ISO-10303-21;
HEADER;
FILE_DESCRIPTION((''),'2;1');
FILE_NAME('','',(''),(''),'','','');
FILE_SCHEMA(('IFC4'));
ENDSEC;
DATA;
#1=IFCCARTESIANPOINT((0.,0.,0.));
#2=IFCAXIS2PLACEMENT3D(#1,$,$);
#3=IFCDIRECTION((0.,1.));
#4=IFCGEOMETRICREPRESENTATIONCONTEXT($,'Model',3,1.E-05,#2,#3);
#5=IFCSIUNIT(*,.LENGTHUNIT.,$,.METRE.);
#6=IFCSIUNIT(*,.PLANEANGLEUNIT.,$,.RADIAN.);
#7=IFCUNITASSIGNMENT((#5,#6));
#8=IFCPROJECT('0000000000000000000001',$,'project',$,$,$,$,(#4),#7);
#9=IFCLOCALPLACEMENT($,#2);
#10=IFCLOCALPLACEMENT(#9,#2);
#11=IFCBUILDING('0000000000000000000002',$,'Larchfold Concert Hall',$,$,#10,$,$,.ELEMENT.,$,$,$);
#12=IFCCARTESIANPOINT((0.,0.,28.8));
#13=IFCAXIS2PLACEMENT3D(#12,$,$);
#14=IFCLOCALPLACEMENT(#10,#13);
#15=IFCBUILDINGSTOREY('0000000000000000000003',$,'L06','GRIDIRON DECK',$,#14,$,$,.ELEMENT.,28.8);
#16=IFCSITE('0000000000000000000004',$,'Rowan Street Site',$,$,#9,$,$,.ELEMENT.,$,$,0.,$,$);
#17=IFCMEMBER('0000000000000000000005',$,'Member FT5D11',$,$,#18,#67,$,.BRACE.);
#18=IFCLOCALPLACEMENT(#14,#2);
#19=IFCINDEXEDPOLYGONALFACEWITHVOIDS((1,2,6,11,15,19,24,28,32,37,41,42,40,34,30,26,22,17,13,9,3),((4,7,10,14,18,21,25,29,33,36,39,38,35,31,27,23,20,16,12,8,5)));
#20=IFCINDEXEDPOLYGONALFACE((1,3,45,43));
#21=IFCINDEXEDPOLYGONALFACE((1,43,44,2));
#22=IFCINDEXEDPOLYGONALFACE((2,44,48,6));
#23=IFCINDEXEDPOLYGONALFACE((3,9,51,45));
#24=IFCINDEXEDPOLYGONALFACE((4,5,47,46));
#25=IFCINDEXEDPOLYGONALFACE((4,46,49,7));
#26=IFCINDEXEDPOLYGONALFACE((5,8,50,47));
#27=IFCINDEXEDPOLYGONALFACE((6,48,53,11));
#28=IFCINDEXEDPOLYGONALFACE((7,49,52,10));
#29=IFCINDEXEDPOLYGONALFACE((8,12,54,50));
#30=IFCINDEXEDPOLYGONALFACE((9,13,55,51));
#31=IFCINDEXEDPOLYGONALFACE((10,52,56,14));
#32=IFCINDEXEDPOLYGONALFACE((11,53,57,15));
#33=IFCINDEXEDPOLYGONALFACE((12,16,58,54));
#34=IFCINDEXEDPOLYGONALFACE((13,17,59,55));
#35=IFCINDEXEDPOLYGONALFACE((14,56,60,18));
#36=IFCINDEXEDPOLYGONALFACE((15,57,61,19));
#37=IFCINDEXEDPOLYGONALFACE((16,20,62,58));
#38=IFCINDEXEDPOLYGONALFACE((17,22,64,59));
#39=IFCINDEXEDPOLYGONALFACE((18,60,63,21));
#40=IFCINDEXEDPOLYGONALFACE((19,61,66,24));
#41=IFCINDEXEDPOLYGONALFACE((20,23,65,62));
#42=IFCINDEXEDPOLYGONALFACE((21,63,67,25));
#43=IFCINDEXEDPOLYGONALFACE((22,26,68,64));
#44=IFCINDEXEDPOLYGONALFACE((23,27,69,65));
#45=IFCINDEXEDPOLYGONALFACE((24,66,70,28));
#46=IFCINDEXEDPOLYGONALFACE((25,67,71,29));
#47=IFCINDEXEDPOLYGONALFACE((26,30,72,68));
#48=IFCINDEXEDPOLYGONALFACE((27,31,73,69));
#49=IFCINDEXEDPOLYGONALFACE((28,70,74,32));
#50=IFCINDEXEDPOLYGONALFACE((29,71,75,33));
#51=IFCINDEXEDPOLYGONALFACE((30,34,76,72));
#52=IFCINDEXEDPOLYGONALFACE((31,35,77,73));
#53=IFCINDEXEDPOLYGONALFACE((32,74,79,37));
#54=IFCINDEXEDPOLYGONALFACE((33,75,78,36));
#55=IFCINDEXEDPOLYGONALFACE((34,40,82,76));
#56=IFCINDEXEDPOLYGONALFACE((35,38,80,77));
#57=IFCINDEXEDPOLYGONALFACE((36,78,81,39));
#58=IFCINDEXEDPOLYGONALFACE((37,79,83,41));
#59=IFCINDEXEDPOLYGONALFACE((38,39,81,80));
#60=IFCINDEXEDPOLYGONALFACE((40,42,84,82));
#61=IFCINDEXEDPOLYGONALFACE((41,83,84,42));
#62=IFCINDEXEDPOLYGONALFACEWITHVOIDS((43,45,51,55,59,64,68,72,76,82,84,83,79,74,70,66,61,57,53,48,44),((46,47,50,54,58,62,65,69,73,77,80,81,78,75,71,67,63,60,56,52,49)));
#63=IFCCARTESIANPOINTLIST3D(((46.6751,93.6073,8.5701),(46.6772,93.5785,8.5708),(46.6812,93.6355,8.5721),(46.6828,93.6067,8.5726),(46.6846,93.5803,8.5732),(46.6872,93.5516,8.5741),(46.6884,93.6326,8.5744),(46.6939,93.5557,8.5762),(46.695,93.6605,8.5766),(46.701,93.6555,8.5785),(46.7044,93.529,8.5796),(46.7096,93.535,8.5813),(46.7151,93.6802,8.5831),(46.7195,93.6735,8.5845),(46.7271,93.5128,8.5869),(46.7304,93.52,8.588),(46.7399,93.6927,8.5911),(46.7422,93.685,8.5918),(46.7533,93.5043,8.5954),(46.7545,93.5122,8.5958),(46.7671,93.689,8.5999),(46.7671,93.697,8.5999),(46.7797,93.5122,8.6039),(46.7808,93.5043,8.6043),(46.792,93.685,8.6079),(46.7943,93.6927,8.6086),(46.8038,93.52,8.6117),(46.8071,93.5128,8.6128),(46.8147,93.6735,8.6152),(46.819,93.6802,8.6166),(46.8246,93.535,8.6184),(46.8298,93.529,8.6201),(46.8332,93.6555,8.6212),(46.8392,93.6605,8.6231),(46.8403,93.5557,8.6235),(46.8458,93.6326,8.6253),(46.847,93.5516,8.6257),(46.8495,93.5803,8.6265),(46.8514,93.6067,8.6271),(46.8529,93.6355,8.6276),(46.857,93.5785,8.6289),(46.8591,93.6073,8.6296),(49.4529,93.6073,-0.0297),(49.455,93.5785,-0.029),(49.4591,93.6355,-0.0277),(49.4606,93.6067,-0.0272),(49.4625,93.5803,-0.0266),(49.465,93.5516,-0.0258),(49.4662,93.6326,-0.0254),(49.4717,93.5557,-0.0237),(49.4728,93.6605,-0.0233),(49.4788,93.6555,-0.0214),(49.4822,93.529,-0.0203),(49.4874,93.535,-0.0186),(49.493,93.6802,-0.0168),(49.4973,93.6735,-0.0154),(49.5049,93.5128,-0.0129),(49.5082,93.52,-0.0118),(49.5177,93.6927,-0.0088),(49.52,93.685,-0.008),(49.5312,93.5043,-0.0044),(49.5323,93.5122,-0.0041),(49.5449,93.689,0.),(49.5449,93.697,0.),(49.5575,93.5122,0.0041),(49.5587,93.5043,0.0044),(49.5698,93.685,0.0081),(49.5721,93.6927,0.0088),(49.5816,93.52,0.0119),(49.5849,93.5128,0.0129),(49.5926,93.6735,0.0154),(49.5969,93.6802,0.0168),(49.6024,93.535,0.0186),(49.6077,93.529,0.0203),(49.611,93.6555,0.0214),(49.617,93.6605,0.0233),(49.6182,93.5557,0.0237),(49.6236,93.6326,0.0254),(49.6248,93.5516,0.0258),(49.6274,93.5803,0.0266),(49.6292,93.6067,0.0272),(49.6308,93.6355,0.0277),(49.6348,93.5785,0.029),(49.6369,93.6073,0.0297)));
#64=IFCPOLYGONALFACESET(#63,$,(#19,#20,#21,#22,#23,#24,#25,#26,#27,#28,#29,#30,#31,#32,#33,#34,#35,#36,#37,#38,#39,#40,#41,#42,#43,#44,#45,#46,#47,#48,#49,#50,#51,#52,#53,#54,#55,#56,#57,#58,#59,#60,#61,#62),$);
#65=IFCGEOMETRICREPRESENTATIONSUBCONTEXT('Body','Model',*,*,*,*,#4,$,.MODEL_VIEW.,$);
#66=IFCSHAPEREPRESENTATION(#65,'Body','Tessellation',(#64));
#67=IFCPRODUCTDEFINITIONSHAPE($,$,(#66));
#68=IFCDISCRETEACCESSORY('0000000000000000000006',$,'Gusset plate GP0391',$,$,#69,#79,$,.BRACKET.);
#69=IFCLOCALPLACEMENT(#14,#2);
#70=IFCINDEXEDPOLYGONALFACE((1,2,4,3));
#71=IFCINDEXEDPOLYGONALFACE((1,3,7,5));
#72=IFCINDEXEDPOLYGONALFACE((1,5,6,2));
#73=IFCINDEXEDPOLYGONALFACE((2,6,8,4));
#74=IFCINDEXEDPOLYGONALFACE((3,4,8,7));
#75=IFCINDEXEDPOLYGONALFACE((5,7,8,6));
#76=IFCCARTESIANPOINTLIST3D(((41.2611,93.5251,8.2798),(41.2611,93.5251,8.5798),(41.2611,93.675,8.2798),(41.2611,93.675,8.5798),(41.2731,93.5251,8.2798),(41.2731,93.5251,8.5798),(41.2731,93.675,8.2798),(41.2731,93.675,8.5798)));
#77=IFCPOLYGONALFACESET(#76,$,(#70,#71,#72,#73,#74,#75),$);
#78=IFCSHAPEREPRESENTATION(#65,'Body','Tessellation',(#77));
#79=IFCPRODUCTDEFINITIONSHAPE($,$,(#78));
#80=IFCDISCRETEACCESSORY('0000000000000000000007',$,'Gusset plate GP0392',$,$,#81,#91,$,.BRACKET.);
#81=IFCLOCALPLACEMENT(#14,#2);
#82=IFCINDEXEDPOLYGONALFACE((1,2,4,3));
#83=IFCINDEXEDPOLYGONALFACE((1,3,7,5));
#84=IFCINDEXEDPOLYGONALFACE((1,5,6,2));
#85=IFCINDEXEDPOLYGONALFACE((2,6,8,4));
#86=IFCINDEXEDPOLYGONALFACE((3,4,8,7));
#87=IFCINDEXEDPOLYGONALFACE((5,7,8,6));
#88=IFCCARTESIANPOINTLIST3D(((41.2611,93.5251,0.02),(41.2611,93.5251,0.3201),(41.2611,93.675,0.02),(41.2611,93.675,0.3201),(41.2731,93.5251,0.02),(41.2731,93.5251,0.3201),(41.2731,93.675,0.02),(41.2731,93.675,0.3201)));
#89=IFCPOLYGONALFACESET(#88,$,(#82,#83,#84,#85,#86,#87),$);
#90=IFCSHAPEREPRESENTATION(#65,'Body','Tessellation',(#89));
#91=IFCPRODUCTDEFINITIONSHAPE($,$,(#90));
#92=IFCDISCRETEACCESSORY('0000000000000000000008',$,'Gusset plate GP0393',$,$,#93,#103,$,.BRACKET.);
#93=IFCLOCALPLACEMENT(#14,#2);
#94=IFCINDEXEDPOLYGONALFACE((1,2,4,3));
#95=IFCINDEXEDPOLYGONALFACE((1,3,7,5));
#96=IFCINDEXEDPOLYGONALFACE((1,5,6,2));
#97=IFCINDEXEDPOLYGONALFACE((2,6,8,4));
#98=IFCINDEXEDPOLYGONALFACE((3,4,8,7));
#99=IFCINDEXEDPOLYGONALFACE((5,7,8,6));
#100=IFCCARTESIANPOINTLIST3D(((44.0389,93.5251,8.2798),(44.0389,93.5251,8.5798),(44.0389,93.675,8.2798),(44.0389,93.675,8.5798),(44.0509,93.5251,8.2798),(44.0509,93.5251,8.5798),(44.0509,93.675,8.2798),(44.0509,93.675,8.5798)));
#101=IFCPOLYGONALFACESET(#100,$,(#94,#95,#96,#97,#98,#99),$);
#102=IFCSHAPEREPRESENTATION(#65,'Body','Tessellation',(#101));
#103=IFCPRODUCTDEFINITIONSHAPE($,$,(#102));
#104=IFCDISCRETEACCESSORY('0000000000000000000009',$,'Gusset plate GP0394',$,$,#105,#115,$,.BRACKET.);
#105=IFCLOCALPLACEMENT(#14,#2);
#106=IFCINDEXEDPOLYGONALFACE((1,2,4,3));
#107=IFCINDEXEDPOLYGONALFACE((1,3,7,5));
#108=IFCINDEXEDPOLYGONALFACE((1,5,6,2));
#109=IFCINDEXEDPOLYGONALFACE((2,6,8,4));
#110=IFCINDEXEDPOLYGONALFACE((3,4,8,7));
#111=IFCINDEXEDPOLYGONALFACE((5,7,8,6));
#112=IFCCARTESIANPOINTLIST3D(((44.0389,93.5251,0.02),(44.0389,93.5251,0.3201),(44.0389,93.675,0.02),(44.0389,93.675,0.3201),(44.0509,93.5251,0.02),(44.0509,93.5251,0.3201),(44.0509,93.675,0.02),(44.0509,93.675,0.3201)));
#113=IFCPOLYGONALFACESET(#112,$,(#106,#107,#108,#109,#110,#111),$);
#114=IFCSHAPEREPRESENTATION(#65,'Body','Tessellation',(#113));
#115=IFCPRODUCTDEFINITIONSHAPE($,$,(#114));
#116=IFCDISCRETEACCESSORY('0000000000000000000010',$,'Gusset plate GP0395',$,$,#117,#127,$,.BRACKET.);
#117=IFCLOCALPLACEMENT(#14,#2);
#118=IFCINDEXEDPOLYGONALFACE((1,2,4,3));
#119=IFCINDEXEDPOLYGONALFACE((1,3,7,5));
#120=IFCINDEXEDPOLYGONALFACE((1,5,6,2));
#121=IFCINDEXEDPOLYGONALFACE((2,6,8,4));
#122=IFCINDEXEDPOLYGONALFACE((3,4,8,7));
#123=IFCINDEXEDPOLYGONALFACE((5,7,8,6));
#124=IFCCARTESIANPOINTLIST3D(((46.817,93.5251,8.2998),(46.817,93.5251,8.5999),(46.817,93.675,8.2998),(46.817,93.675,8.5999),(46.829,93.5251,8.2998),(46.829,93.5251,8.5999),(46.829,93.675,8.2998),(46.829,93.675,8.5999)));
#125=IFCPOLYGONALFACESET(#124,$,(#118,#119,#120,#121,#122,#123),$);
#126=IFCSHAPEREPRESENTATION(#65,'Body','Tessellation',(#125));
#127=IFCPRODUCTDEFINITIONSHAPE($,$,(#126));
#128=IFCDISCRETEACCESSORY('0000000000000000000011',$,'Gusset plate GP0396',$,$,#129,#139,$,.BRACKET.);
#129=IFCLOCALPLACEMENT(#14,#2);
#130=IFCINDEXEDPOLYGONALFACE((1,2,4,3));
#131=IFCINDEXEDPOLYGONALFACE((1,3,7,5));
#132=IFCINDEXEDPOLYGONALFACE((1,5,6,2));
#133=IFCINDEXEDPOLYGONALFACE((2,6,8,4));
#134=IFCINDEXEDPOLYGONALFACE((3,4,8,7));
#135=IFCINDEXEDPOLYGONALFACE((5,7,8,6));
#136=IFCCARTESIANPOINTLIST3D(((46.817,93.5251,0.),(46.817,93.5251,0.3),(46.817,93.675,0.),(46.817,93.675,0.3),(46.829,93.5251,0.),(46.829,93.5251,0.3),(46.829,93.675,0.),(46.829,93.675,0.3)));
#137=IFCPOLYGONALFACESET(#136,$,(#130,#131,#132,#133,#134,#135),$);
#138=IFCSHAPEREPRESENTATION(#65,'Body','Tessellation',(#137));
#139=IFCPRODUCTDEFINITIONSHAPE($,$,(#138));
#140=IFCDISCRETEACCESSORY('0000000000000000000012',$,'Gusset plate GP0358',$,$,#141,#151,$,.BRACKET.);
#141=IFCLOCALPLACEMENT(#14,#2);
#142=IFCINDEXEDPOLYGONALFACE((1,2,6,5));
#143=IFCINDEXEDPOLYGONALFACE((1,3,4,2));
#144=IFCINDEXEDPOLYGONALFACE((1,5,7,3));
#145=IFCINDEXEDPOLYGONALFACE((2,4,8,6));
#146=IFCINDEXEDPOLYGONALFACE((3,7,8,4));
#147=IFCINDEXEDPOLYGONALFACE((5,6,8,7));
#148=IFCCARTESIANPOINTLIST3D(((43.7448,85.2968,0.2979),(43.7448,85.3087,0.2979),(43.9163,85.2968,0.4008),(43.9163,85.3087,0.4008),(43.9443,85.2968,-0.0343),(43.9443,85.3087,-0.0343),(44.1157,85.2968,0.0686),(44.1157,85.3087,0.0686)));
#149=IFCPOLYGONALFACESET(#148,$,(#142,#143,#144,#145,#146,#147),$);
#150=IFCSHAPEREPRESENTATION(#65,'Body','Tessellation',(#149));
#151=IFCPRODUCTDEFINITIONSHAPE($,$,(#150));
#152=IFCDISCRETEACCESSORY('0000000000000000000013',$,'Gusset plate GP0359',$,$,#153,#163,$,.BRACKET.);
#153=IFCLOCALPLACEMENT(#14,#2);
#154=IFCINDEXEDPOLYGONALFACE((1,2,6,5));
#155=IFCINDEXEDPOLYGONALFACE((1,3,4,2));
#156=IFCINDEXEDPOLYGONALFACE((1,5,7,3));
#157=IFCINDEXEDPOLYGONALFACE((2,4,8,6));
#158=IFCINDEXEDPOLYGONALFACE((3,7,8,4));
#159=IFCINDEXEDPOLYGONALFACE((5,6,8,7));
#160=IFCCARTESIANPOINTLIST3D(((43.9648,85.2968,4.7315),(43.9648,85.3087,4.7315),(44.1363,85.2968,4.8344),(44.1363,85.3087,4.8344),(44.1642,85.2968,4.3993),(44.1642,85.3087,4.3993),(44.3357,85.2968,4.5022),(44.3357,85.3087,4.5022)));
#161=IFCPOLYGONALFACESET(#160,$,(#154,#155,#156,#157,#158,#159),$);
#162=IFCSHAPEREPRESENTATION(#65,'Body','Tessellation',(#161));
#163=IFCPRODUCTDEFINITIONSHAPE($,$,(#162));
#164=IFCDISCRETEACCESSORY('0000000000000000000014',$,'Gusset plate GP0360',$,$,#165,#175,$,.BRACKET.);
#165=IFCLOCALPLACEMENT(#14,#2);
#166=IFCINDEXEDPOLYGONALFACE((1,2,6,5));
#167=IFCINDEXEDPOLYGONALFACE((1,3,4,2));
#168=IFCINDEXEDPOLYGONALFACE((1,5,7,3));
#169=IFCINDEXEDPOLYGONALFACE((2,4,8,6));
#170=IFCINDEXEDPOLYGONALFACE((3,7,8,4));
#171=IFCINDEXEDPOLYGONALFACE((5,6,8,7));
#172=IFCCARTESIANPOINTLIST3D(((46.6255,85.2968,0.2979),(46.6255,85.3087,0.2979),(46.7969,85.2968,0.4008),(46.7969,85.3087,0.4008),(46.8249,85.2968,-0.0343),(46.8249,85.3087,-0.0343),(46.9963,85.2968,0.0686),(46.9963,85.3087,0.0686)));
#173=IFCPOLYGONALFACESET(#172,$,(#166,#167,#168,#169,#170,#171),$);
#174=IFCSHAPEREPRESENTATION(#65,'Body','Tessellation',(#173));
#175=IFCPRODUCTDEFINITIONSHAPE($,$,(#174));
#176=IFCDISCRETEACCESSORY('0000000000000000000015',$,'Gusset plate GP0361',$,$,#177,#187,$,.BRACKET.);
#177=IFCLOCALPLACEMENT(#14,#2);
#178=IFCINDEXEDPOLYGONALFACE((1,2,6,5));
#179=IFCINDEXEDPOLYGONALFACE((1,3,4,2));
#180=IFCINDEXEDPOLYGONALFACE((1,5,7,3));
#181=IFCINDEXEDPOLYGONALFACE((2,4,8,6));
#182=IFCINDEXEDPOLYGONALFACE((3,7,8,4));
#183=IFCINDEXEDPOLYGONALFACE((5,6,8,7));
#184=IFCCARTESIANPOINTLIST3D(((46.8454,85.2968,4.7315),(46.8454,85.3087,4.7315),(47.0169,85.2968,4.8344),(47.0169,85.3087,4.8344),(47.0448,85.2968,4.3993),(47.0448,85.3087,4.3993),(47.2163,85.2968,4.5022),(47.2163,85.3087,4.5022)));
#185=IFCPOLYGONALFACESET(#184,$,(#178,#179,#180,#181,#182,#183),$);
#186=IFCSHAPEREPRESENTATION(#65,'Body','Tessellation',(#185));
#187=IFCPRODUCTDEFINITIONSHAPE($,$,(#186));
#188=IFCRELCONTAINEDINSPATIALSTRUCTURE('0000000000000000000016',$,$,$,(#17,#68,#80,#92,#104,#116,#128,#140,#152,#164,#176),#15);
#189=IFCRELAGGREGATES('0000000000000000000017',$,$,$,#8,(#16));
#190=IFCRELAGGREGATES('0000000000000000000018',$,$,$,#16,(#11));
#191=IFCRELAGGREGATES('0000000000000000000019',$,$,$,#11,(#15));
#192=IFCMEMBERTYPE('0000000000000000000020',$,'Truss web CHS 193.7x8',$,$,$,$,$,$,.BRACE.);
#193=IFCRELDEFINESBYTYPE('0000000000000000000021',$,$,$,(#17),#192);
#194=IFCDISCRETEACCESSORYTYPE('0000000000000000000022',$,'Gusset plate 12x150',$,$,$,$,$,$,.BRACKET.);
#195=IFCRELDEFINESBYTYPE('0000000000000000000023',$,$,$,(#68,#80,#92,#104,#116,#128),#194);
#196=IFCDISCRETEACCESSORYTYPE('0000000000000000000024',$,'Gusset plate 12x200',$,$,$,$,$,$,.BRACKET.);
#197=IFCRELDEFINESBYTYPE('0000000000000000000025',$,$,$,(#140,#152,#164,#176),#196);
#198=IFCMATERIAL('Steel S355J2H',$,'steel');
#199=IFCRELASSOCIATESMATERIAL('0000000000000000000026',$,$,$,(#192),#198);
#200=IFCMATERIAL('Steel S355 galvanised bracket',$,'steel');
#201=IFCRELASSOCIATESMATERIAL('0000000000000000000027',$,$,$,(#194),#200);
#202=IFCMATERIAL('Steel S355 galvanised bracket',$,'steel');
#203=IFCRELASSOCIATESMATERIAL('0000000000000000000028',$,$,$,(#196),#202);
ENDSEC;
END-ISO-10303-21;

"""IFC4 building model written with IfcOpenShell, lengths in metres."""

from ifc_helpers import new_model, si_unit, direction, frame, origin, origin_2d, place, context, subcontext, project, spatial, rectangle, hollow_circle, extrude, material, material_profile, profile_set, type_object, element, save


model = new_model("IFC4")

# Units and contexts
model_context = context("Model", 3, precision=1e-05, world=origin(), true_north=direction((0.0, 1.0)))
body_context = subcontext(model_context, "Body", "Model", "MODEL_VIEW")
ifc_project = project(units=[si_unit("LENGTHUNIT", "METRE"), si_unit("PLANEANGLEUNIT", "RADIAN")], contexts=[model_context])

# Site, building, storey
site_placement = place(None, origin())
site = spatial("IfcSite", under=ifc_project, at=site_placement, Name="Rowan Street Site", CompositionType="ELEMENT", RefElevation=0.0)
building_placement = place(site_placement, origin())
building = spatial("IfcBuilding", under=site, at=building_placement, Name="Larchfold Concert Hall", CompositionType="ELEMENT")
storey_placement = place(building_placement, frame((0.0, 0.0, 28.8)))
storey = spatial("IfcBuildingStorey", under=building, at=storey_placement, Name="L06", Description="GRIDIRON DECK", CompositionType="ELEMENT", Elevation=28.8)

# Member
ifc_material_1 = material(Name="Steel S355J2H", Category="steel")
ifc_material_profile_1 = material_profile(ifc_material_1, hollow_circle(Radius=0.0969, WallThickness=0.0081, at=origin_2d()))
ifc_profile_set_1 = profile_set([ifc_material_profile_1], Name="Steel S355J2H")
member_type_1 = type_object("IfcMemberType", Name="Truss web CHS 193.7x8", PredefinedType="BRACE", material=ifc_profile_set_1)
for number, where, z_axis, x_axis, name in (
    (1, (46.7671, 93.6001, 8.5999), (0.307372, 0.0, -0.951589), (0.0, 1.0, 0.0), "Member FT5D11"),
):
    element("IfcMember", number, at=place(storey_placement, frame(where, z_axis=z_axis, x_axis=x_axis)), inside=storey, type_object=member_type_1, Name=name, PredefinedType="BRACE", context=body_context, shape_type="SweptSolid", body=[
        extrude(hollow_circle(Radius=0.0969, WallThickness=0.0081, at=origin_2d()), origin(), (0.0, 0.0, 1.0), 9.0374),
    ])

# Discrete accessories
ifc_material_2 = material(Name="Steel S355 galvanised bracket", Category="steel")
ifc_material_profile_2 = material_profile(ifc_material_2, rectangle(XDim=0.012, YDim=0.1499, at=origin_2d()))
ifc_profile_set_2 = profile_set([ifc_material_profile_2], Name="Steel S355 galvanised bracket")
discrete_accessory_type_1 = type_object("IfcDiscreteAccessoryType", Name="Gusset plate 12x150", PredefinedType="BRACKET", material=ifc_profile_set_2)
for number, where, z_axis, x_axis, name in (
    (2, (41.2671, 93.6001, 8.5798), (0.0, 0.0, -1.0), (1.0, 0.0, 0.0), "Gusset plate GP0391"),
    (3, (41.2671, 93.6001, 0.3201), (0.0, 0.0, -1.0), (1.0, 0.0, 0.0), "Gusset plate GP0392"),
    (4, (44.0449, 93.6001, 8.5798), (0.0, 0.0, -1.0), (1.0, 0.0, 0.0), "Gusset plate GP0393"),
    (5, (44.0449, 93.6001, 0.3201), (0.0, 0.0, -1.0), (1.0, 0.0, 0.0), "Gusset plate GP0394"),
    (6, (46.823, 93.6001, 8.5999), (0.0, 0.0, -1.0), (1.0, 0.0, 0.0), "Gusset plate GP0395"),
    (7, (46.823, 93.6001, 0.3), (0.0, 0.0, -1.0), (1.0, 0.0, 0.0), "Gusset plate GP0396"),
):
    element("IfcDiscreteAccessory", number, at=place(storey_placement, frame(where, z_axis=z_axis, x_axis=x_axis)), inside=storey, type_object=discrete_accessory_type_1, Name=name, PredefinedType="BRACKET", context=body_context, shape_type="SweptSolid", body=[
        extrude(rectangle(XDim=0.012, YDim=0.1499, at=origin_2d()), origin(), (0.0, 0.0, 1.0), 0.3),
    ])
ifc_material_3 = material(Name="Steel S355 galvanised bracket", Category="steel")
ifc_material_profile_3 = material_profile(ifc_material_3, rectangle(XDim=0.012, YDim=0.2, at=origin_2d()))
ifc_profile_set_3 = profile_set([ifc_material_profile_3], Name="Steel S355 galvanised bracket")
discrete_accessory_type_2 = type_object("IfcDiscreteAccessoryType", Name="Gusset plate 12x200", PredefinedType="BRACKET", material=ifc_profile_set_3)
for number, where, z_axis, x_axis, name in (
    (8, (43.8306, 85.3027, 0.3494), (0.514681, 0.0, -0.857382), (0.0, 1.0, 0.0), "Gusset plate GP0358"),
    (9, (44.0505, 85.3027, 4.783), (0.514681, 0.0, -0.857382), (0.0, 1.0, 0.0), "Gusset plate GP0359"),
    (10, (46.7112, 85.3027, 0.3494), (0.514681, 0.0, -0.857382), (0.0, 1.0, 0.0), "Gusset plate GP0360"),
    (11, (46.9312, 85.3027, 4.783), (0.514681, 0.0, -0.857382), (0.0, 1.0, 0.0), "Gusset plate GP0361"),
):
    element("IfcDiscreteAccessory", number, at=place(storey_placement, frame(where, z_axis=z_axis, x_axis=x_axis)), inside=storey, type_object=discrete_accessory_type_2, Name=name, PredefinedType="BRACKET", context=body_context, shape_type="SweptSolid", body=[
        extrude(rectangle(XDim=0.012, YDim=0.2, at=origin_2d()), origin(), (0.0, 0.0, 1.0), 0.3875),
    ])

save(model, "model.ifc")
